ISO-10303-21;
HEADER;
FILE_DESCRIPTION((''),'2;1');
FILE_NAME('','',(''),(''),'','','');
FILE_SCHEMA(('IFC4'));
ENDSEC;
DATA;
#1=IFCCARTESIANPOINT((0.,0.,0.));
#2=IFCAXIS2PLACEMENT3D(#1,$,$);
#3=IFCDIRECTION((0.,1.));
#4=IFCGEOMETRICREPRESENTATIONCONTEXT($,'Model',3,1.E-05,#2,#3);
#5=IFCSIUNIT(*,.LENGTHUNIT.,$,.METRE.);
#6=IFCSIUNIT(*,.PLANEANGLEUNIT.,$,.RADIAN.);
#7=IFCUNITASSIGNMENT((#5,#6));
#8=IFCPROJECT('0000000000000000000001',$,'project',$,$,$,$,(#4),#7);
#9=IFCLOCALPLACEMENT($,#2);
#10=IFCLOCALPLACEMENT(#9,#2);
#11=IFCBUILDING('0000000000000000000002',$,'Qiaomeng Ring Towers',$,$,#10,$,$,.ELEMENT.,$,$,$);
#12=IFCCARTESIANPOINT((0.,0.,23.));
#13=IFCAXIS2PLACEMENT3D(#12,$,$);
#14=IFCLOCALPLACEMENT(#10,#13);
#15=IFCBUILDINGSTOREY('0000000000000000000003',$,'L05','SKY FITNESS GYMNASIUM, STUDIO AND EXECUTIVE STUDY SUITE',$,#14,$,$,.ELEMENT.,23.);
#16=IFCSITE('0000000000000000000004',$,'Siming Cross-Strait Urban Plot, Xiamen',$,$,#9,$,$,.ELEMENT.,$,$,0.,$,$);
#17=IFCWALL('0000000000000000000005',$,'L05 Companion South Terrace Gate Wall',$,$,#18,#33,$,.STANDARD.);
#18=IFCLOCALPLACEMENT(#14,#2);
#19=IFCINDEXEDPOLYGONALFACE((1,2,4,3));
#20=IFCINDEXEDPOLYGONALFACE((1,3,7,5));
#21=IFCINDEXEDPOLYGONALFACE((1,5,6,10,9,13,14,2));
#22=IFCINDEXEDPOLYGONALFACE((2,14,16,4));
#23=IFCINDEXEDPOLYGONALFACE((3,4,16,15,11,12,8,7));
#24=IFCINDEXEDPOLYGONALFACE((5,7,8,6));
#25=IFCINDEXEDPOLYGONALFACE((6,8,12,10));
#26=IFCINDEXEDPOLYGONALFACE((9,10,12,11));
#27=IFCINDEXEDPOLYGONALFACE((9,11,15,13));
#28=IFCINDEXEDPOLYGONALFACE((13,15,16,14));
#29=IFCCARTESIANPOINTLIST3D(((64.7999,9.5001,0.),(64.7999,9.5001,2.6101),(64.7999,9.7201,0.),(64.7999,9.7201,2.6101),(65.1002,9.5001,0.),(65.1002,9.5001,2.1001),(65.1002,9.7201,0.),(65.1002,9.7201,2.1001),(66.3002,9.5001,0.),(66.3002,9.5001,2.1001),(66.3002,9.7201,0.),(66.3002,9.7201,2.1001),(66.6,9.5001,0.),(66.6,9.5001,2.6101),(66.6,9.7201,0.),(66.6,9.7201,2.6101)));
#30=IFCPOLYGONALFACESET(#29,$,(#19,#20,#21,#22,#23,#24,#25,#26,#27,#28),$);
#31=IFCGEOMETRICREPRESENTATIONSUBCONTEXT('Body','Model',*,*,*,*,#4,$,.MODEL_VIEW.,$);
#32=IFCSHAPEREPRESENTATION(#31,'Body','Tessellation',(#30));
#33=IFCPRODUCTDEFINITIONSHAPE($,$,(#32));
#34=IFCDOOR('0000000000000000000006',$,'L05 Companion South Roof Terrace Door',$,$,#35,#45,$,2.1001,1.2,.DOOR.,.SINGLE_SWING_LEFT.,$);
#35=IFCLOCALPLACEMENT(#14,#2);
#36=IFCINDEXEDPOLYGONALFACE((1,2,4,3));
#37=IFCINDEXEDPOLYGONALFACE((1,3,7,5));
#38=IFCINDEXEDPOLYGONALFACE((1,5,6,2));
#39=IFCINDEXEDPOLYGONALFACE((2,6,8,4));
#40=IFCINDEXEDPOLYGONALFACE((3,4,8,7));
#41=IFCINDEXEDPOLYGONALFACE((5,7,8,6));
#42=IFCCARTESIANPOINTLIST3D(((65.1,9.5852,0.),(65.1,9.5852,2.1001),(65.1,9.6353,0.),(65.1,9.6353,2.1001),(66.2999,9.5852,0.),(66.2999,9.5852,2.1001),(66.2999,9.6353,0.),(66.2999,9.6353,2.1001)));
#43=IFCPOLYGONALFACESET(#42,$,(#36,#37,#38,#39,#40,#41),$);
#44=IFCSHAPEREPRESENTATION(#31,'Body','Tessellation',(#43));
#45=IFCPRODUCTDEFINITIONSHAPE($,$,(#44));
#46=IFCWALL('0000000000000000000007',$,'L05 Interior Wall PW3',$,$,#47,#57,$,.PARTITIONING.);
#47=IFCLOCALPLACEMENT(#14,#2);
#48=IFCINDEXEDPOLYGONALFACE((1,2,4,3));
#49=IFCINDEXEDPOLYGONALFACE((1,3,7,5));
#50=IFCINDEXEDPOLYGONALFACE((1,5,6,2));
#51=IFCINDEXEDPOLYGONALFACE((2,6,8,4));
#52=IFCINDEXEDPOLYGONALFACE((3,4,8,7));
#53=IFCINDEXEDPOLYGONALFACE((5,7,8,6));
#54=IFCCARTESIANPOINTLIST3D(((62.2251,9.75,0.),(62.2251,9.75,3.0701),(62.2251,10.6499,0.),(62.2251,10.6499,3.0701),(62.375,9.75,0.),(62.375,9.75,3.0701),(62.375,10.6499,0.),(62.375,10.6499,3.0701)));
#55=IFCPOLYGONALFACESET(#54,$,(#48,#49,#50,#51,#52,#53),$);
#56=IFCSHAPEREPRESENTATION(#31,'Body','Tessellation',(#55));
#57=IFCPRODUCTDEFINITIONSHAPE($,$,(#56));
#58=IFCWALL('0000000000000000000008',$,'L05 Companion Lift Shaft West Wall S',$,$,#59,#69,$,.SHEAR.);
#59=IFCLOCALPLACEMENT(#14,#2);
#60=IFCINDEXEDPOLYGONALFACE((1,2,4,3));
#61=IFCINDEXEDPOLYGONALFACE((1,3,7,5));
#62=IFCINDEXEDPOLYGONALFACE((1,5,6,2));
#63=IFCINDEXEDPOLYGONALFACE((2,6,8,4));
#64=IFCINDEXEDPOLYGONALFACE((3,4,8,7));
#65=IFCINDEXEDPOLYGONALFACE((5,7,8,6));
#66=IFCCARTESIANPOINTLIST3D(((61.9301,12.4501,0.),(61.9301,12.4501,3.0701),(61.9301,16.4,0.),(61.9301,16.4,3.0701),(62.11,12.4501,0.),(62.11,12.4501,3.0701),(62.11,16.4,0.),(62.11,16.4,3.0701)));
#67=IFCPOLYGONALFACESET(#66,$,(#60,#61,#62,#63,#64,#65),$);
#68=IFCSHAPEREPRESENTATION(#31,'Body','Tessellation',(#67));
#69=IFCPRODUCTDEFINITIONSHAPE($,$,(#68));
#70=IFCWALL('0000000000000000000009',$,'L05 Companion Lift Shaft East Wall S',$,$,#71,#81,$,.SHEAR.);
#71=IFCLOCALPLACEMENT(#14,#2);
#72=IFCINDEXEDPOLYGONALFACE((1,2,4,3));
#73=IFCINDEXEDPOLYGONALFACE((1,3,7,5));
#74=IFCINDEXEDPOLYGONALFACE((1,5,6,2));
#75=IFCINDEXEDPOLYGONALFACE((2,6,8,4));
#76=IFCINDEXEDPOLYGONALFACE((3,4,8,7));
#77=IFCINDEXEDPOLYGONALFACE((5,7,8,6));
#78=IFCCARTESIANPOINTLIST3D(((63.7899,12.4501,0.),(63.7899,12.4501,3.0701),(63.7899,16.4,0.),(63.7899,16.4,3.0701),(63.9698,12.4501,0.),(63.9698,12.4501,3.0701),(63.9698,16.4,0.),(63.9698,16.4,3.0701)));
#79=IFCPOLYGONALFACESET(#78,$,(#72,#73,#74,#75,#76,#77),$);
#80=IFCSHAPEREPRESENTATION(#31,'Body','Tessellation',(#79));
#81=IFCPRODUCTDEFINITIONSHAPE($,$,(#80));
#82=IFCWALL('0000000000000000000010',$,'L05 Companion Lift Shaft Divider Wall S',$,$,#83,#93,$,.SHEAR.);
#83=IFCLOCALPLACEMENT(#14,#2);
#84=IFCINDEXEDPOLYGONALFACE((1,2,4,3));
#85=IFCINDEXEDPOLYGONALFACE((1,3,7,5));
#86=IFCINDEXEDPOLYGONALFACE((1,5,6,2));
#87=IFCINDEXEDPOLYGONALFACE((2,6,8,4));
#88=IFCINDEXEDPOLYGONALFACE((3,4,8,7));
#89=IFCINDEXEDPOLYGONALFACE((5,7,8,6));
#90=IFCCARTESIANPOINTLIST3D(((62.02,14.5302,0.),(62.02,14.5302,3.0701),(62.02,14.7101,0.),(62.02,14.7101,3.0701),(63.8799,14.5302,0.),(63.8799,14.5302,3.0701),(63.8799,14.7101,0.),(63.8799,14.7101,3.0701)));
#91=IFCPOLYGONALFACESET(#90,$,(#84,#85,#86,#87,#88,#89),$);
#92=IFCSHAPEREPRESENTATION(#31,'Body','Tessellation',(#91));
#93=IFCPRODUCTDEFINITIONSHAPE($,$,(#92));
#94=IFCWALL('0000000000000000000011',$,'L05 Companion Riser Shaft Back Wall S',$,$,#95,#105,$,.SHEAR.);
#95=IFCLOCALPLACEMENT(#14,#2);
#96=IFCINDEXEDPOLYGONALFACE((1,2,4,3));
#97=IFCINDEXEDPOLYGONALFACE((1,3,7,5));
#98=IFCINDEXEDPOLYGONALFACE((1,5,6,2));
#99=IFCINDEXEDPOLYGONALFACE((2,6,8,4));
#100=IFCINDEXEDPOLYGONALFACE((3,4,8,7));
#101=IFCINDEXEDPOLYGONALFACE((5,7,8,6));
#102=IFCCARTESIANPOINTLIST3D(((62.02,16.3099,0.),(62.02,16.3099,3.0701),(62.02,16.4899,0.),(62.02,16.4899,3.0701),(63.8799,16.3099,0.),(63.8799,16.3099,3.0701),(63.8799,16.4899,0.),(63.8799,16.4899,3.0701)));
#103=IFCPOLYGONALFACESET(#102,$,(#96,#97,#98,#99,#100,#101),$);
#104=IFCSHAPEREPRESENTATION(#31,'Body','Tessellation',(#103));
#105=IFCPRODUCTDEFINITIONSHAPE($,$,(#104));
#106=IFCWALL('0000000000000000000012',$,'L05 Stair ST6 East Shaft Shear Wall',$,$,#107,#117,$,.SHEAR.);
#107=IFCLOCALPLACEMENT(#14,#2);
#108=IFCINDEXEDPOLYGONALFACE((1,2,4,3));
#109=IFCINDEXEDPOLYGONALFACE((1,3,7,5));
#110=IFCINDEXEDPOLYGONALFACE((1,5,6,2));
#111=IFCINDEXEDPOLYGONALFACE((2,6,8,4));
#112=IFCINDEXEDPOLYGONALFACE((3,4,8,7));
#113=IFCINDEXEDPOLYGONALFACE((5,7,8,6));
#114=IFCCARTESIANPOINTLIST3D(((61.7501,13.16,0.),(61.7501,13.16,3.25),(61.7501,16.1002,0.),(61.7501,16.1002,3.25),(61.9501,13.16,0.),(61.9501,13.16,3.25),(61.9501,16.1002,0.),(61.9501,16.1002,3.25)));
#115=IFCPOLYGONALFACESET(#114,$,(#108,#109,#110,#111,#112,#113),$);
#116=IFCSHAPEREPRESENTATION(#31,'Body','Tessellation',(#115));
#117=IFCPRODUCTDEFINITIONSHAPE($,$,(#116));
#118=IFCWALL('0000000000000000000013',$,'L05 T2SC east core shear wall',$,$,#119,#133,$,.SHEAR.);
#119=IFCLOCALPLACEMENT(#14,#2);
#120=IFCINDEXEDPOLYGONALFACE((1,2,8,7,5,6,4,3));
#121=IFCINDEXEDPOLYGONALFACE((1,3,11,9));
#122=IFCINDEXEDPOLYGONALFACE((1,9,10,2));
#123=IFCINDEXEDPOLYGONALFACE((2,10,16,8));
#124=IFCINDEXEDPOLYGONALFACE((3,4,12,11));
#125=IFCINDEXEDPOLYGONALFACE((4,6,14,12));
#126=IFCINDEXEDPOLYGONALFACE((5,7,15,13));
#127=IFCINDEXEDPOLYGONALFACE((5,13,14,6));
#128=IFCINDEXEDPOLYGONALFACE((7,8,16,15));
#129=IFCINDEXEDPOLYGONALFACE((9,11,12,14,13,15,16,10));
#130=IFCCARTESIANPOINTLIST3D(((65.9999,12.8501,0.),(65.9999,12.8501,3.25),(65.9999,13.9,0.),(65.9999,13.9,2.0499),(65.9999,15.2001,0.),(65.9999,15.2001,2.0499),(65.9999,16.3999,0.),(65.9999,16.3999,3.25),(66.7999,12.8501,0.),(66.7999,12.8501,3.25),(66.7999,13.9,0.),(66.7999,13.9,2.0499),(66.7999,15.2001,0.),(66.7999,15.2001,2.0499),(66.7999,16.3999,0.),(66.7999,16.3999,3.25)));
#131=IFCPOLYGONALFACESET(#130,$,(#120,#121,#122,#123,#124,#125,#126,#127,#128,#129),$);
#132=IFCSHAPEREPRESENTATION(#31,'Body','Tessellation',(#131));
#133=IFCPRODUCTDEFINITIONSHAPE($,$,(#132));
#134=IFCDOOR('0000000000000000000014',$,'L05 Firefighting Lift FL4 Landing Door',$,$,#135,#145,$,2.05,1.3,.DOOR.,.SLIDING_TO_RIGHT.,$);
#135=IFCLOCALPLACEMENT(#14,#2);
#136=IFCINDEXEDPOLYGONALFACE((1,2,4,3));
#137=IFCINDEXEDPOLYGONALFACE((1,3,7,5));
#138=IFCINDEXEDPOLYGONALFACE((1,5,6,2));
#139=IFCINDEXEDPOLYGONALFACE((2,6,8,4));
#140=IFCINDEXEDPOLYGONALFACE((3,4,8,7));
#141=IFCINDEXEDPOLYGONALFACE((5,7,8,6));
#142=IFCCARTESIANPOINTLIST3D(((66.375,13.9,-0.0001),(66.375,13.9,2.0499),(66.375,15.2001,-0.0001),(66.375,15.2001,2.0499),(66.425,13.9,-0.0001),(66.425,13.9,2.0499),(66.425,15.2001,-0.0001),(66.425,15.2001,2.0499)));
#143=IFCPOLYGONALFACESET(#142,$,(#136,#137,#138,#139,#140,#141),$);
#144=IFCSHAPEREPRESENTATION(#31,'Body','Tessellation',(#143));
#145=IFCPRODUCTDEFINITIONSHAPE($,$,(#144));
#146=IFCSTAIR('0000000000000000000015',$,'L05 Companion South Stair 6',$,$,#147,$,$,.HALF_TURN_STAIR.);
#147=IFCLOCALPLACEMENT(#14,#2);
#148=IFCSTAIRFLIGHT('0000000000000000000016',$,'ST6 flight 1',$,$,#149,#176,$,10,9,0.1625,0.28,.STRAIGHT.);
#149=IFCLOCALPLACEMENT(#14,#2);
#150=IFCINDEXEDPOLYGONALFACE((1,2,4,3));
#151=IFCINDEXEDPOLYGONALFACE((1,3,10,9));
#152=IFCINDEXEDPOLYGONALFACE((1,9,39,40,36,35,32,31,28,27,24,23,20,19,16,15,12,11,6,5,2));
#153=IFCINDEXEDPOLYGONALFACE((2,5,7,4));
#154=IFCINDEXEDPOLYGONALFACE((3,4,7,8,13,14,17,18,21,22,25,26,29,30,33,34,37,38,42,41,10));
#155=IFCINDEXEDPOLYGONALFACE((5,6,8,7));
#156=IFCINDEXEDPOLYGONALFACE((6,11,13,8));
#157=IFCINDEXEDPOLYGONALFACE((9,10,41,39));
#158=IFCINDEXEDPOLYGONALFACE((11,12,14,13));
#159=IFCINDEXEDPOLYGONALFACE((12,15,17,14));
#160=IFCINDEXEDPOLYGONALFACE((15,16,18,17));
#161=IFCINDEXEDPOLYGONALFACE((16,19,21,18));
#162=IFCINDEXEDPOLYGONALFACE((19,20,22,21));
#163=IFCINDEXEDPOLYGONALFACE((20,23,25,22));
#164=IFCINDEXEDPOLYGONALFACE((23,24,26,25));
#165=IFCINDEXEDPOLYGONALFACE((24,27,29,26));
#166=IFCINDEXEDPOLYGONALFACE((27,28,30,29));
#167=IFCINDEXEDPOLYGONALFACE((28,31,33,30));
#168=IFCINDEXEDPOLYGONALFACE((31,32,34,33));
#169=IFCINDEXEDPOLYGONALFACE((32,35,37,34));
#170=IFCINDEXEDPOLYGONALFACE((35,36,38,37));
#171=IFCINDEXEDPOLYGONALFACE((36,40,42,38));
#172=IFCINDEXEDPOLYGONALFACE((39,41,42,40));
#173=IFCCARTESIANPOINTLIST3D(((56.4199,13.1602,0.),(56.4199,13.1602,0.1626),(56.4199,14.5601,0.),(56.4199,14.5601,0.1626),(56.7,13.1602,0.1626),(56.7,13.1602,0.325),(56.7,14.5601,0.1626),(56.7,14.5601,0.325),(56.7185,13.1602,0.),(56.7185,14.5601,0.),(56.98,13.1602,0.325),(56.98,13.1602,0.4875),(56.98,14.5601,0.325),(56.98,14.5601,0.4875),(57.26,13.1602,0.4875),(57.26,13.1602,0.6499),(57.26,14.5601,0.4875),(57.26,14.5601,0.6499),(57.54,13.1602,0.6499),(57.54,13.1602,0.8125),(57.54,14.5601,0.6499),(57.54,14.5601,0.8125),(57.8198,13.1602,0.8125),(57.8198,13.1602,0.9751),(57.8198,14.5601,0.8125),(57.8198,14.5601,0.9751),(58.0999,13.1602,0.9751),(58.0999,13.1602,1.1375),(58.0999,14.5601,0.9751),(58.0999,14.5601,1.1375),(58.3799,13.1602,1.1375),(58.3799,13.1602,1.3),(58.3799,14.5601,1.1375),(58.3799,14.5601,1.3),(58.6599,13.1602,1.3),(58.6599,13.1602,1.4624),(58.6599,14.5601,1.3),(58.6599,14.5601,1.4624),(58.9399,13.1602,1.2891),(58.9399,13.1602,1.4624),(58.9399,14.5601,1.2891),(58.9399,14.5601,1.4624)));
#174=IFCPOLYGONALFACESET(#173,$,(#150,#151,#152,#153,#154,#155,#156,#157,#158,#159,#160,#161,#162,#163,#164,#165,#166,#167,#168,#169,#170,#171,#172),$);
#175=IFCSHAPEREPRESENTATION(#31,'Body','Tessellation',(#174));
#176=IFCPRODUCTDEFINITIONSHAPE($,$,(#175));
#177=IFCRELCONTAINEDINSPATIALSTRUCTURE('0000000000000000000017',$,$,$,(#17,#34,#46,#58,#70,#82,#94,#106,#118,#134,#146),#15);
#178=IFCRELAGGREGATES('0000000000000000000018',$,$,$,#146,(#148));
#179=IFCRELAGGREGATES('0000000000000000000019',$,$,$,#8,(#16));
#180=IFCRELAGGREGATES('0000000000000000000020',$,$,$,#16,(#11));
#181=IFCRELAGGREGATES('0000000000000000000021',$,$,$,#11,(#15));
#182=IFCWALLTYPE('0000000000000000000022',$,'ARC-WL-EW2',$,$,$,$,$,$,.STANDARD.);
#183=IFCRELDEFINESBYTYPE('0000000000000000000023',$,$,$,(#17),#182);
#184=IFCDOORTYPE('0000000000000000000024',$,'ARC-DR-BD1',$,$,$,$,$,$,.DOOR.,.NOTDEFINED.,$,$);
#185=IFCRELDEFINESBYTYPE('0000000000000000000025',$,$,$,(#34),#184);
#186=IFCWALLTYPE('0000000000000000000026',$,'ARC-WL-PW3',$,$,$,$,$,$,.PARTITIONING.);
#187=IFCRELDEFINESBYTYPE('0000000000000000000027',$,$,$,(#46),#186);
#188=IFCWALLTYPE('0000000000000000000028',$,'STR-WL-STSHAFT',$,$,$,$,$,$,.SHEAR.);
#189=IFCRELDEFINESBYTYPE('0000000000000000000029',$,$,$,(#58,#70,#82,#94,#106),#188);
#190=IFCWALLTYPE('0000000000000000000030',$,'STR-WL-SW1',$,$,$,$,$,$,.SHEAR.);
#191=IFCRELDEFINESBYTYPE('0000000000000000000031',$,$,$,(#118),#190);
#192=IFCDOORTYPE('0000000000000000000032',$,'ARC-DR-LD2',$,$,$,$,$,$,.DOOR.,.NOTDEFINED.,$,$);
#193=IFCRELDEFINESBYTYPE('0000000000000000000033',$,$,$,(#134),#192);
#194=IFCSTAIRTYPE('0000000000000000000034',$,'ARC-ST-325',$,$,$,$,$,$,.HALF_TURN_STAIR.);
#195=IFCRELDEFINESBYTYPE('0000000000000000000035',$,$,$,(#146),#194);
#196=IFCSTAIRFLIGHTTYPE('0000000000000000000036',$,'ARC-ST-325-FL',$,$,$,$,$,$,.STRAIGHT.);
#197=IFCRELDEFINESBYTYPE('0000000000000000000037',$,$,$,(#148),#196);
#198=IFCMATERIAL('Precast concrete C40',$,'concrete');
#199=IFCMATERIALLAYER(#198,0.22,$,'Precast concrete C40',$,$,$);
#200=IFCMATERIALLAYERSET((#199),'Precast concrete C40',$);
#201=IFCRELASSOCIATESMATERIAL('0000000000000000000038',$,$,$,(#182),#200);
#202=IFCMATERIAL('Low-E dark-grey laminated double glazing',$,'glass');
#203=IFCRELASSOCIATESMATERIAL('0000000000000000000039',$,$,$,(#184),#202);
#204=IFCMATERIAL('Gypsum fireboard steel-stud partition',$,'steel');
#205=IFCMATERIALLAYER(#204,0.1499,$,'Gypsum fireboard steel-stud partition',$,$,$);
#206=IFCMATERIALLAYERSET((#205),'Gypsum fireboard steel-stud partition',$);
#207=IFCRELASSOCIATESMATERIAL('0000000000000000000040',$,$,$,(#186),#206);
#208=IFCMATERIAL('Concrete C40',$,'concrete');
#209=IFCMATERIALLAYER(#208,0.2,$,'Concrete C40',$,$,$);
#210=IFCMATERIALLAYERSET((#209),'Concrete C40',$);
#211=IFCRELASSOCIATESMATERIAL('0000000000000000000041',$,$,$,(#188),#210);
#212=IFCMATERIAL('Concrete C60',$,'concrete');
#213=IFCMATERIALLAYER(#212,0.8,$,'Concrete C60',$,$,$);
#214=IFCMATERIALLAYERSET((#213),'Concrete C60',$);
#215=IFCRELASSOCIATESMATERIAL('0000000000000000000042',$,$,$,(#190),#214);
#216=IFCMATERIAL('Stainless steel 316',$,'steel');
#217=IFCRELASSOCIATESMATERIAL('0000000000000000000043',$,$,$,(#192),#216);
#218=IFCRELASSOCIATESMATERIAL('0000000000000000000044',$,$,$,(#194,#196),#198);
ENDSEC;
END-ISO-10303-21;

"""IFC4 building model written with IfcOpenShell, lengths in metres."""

from ifc_helpers import new_model, si_unit, direction, frame, frame_2d, origin, place, context, subcontext, project, spatial, polyline, rectangle, outline, extrude, source, transform, mapped, material, layer, layer_set, type_object, element, fill, aggregate, save


model = new_model("IFC4")

# Units and contexts
model_context = context("Model", 3, precision=1e-05, world=origin(), true_north=direction((0.0, 1.0)))
body_context = subcontext(model_context, "Body", "Model", "MODEL_VIEW")
ifc_project = project(units=[si_unit("LENGTHUNIT", "METRE"), si_unit("PLANEANGLEUNIT", "RADIAN")], contexts=[model_context])

# Site, building, storey
site_placement = place(None, origin())
site = spatial("IfcSite", under=ifc_project, at=site_placement, Name="Siming Cross-Strait Urban Plot, Xiamen", CompositionType="ELEMENT", RefElevation=0.0)
building_placement = place(site_placement, origin())
building = spatial("IfcBuilding", under=site, at=building_placement, Name="Qiaomeng Ring Towers", CompositionType="ELEMENT")
storey_placement = place(building_placement, frame((0.0, 0.0, 23.0)))
storey = spatial("IfcBuildingStorey", under=building, at=storey_placement, Name="L05", Description="SKY FITNESS GYMNASIUM, STUDIO AND EXECUTIVE STUDY SUITE", CompositionType="ELEMENT", Elevation=23.0)

# Shared definitions
ifc_material_1 = material(Name="Low-E dark-grey laminated double glazing", Category="glass")

# Wall, opening, door
ifc_material_2 = material(Name="Precast concrete C40", Category="concrete")
ifc_layer_1 = layer(ifc_material_2, 0.22, Name="Precast concrete C40")
ifc_layer_set_1 = layer_set([ifc_layer_1], Name="Precast concrete C40")
wall_type_1 = type_object("IfcWallType", Name="ARC-WL-EW2", PredefinedType="STANDARD", material=ifc_layer_set_1)
wall_1_placement = place(storey_placement, frame((64.8, 9.6101, 0.0), z_axis=(0.0, 0.0, 1.0), x_axis=(1.0, 0.0, 0.0)))
wall_1 = element("IfcWall", 1, at=wall_1_placement, inside=storey, type_object=wall_type_1, Name="L05 Companion South Terrace Gate Wall", PredefinedType="STANDARD", context=body_context, shape_type="SweptSolid", body=[
    extrude(rectangle(XDim=1.8, YDim=0.22, at=frame_2d((0.8999, 0.0))), origin(), (0.0, 0.0, 1.0), 2.6101),
])
opening_1_placement = place(wall_1_placement, frame((0.3, 0.0, 0.0)))
opening_1 = element("IfcOpeningElement", 2, at=opening_1_placement, cuts=wall_1, PredefinedType="OPENING", context=body_context, shape_type="SweptSolid", body=[
    extrude(rectangle(XDim=1.2, YDim=2.1001, at=frame_2d((0.6001, 1.05))), frame((0.0, 0.1199, 0.0), z_axis=(0.0, -1.0, 0.0), x_axis=(1.0, 0.0, 0.0)), (0.0, 0.0, 1.0), 0.24),
])
door_type_1 = type_object("IfcDoorType", Name="ARC-DR-BD1", OperationType="NOTDEFINED", PredefinedType="DOOR", material=ifc_material_1)
shared_shape_1 = source(origin(), body_context, "Body", "SweptSolid", [
    extrude(rectangle(XDim=1.2, YDim=2.1001, at=frame_2d((0.6001, 1.05))), frame((0.0, 0.0249, 0.0), z_axis=(0.0, -1.0, 0.0), x_axis=(1.0, 0.0, 0.0)), (0.0, 0.0, 1.0), 0.05),
])
door_1_placement = place(opening_1_placement, frame((1.2, 0.0, 0.0), z_axis=(0.0, 0.0, 1.0), x_axis=(-1.0, 0.0, 0.0)))
door_1 = element("IfcDoor", 3, at=door_1_placement, inside=storey, type_object=door_type_1, Name="L05 Companion South Roof Terrace Door", OperationType="SINGLE_SWING_LEFT", OverallHeight=2.1001, OverallWidth=1.2, PredefinedType="DOOR", context=body_context, shape_type="MappedRepresentation", body=[
    mapped(shared_shape_1, transform((0.0, 0.0, 0.0), x_axis=(1.0, 0.0, 0.0), y_axis=(0.0, 1.0, 0.0), z_axis=(0.0, 0.0, 1.0), scale=1.0)),
])
fill(opening_1, door_1)

# Walls
ifc_material_3 = material(Name="Gypsum fireboard steel-stud partition", Category="steel")
ifc_layer_2 = layer(ifc_material_3, 0.1499, Name="Gypsum fireboard steel-stud partition")
ifc_layer_set_2 = layer_set([ifc_layer_2], Name="Gypsum fireboard steel-stud partition")
wall_type_2 = type_object("IfcWallType", Name="ARC-WL-PW3", PredefinedType="PARTITIONING", material=ifc_layer_set_2)
wall_2_placement = place(storey_placement, frame((62.3, 9.75, 0.0), z_axis=(0.0, 0.0, 1.0), x_axis=(0.0, 1.0, 0.0)))
element("IfcWall", 4, at=wall_2_placement, inside=storey, type_object=wall_type_2, Name="L05 Interior Wall PW3", PredefinedType="PARTITIONING", context=body_context, shape_type="SweptSolid", body=[
    extrude(rectangle(XDim=0.8999, YDim=0.1499, at=frame_2d((0.45, 0.0))), origin(), (0.0, 0.0, 1.0), 3.0701),
])
ifc_material_4 = material(Name="Concrete C40", Category="concrete")
ifc_layer_3 = layer(ifc_material_4, 0.2, Name="Concrete C40")
ifc_layer_set_3 = layer_set([ifc_layer_3], Name="Concrete C40")
wall_type_3 = type_object("IfcWallType", Name="STR-WL-STSHAFT", PredefinedType="SHEAR", material=ifc_layer_set_3)
for number, where, z_axis, x_axis, name in (
    (5, (62.02, 12.45, 0.0), (0.0, 0.0, 1.0), (0.0, 1.0, 0.0), "L05 Companion Lift Shaft West Wall S"),
    (6, (63.8799, 12.45, 0.0), (0.0, 0.0, 1.0), (0.0, 1.0, 0.0), "L05 Companion Lift Shaft East Wall S"),
):
    element("IfcWall", number, at=place(storey_placement, frame(where, z_axis=z_axis, x_axis=x_axis)), inside=storey, type_object=wall_type_3, Name=name, PredefinedType="SHEAR", context=body_context, shape_type="SweptSolid", body=[
        extrude(rectangle(XDim=3.95, YDim=0.1799, at=frame_2d((1.9751, 0.0))), origin(), (0.0, 0.0, 1.0), 3.0701),
    ])
for number, where, z_axis, x_axis, name in (
    (7, (62.02, 14.6201, 0.0), (0.0, 0.0, 1.0), (1.0, 0.0, 0.0), "L05 Companion Lift Shaft Divider Wall S"),
    (8, (62.02, 16.3999, 0.0), (0.0, 0.0, 1.0), (1.0, 0.0, 0.0), "L05 Companion Riser Shaft Back Wall S"),
):
    element("IfcWall", number, at=place(storey_placement, frame(where, z_axis=z_axis, x_axis=x_axis)), inside=storey, type_object=wall_type_3, Name=name, PredefinedType="SHEAR", context=body_context, shape_type="SweptSolid", body=[
        extrude(rectangle(XDim=1.8599, YDim=0.1799, at=frame_2d((0.9299, 0.0))), origin(), (0.0, 0.0, 1.0), 3.0701),
    ])
wall_3_placement = place(storey_placement, frame((61.8501, 13.1599, 0.0), z_axis=(0.0, 0.0, 1.0), x_axis=(0.0, 1.0, 0.0)))
element("IfcWall", 9, at=wall_3_placement, inside=storey, type_object=wall_type_3, Name="L05 Stair ST6 East Shaft Shear Wall", PredefinedType="SHEAR", context=body_context, shape_type="SweptSolid", body=[
    extrude(rectangle(XDim=2.9402, YDim=0.2, at=frame_2d((1.4702, 0.0))), origin(), (0.0, 0.0, 1.0), 3.25),
])

# Wall, opening, door
ifc_material_5 = material(Name="Concrete C60", Category="concrete")
ifc_layer_4 = layer(ifc_material_5, 0.8, Name="Concrete C60")
ifc_layer_set_4 = layer_set([ifc_layer_4], Name="Concrete C60")
wall_type_4 = type_object("IfcWallType", Name="STR-WL-SW1", PredefinedType="SHEAR", material=ifc_layer_set_4)
wall_4_placement = place(storey_placement, frame((66.3999, 12.8501, 0.0), z_axis=(0.0, 0.0, 1.0), x_axis=(0.0, 1.0, 0.0)))
wall_4 = element("IfcWall", 10, at=wall_4_placement, inside=storey, type_object=wall_type_4, Name="L05 T2SC east core shear wall", PredefinedType="SHEAR", context=body_context, shape_type="SweptSolid", body=[
    extrude(rectangle(XDim=3.5498, YDim=0.8, at=frame_2d((1.7749, 0.0))), origin(), (0.0, 0.0, 1.0), 3.25),
])
opening_2_placement = place(wall_4_placement, frame((1.05, 0.0, 0.0)))
opening_2 = element("IfcOpeningElement", 11, at=opening_2_placement, cuts=wall_4, PredefinedType="OPENING", context=body_context, shape_type="SweptSolid", body=[
    extrude(rectangle(XDim=1.3, YDim=2.05, at=frame_2d((0.6499, 1.0249))), frame((0.0, 0.4099, 0.0), z_axis=(0.0, -1.0, 0.0), x_axis=(1.0, 0.0, 0.0)), (0.0, 0.0, 1.0), 0.8201),
])
ifc_material_6 = material(Name="Stainless steel 316", Category="steel")
door_type_2 = type_object("IfcDoorType", Name="ARC-DR-LD2", OperationType="NOTDEFINED", PredefinedType="DOOR", material=ifc_material_6)
shared_shape_2 = source(origin(), body_context, "Body", "SweptSolid", [
    extrude(rectangle(XDim=1.3, YDim=2.05, at=frame_2d((0.6499, 1.0249))), frame((0.0, 0.0249, 0.0), z_axis=(0.0, -1.0, 0.0), x_axis=(1.0, 0.0, 0.0)), (0.0, 0.0, 1.0), 0.05),
])
door_2_placement = place(opening_2_placement, origin())
door_2 = element("IfcDoor", 12, at=door_2_placement, inside=storey, type_object=door_type_2, Name="L05 Firefighting Lift FL4 Landing Door", OperationType="SLIDING_TO_RIGHT", OverallHeight=2.05, OverallWidth=1.3, PredefinedType="DOOR", context=body_context, shape_type="MappedRepresentation", body=[
    mapped(shared_shape_2, transform((0.0, 0.0, 0.0), x_axis=(1.0, 0.0, 0.0), y_axis=(0.0, 1.0, 0.0), z_axis=(0.0, 0.0, 1.0), scale=1.0)),
])
fill(opening_2, door_2)

# Stair, stair flight
stair_type = type_object("IfcStairType", Name="ARC-ST-325", PredefinedType="HALF_TURN_STAIR", material=ifc_material_2)
stair_placement = place(storey_placement, origin())
stair = element("IfcStair", 13, at=stair_placement, inside=storey, type_object=stair_type, Name="L05 Companion South Stair 6", PredefinedType="HALF_TURN_STAIR")
stair_flight_type = type_object("IfcStairFlightType", Name="ARC-ST-325-FL", PredefinedType="STRAIGHT", material=ifc_material_2)
shared_shape_3 = source(origin(), body_context, "Body", "SweptSolid", [
    extrude(outline(polyline([(0.0, 0.0), (0.0, 0.1626), (0.28, 0.1626), (0.28, 0.325), (0.5601, 0.325), (0.5601, 0.4875), (0.8401, 0.4875), (0.8401, 0.6499), (1.1201, 0.6499), (1.1201, 0.8125), (1.3999, 0.8125), (1.3999, 0.9751), (1.6799, 0.9751), (1.6799, 1.1375), (1.96, 1.1375), (1.96, 1.3), (2.24, 1.3), (2.24, 1.4624), (2.52, 1.4624), (2.52, 1.625), (2.52, 1.2891), (0.2986, 0.0), (0.0, 0.0)])), frame((0.0, 0.7, 0.0), z_axis=(0.0, -1.0, 0.0), x_axis=(1.0, 0.0, 0.0)), (0.0, 0.0, 1.0), 1.3999),
])
stair_flight_1_placement = place(storey_placement, frame((56.4199, 13.8601, 0.0), z_axis=(0.0, 0.0, 1.0), x_axis=(1.0, 0.0, 0.0)))
stair_flight_1 = element("IfcStairFlight", 14, at=stair_flight_1_placement, type_object=stair_flight_type, Name="ST6 flight 1", NumberOfRisers=10, NumberOfTreads=9, PredefinedType="STRAIGHT", RiserHeight=0.1625, TreadLength=0.28, context=body_context, shape_type="MappedRepresentation", body=[
    mapped(shared_shape_3, transform((0.0, 0.0, 0.0), x_axis=(1.0, 0.0, 0.0), y_axis=(0.0, 1.0, 0.0), z_axis=(0.0, 0.0, 1.0), scale=1.0)),
])
aggregate(stair, [stair_flight_1])

save(model, "model.ifc")
